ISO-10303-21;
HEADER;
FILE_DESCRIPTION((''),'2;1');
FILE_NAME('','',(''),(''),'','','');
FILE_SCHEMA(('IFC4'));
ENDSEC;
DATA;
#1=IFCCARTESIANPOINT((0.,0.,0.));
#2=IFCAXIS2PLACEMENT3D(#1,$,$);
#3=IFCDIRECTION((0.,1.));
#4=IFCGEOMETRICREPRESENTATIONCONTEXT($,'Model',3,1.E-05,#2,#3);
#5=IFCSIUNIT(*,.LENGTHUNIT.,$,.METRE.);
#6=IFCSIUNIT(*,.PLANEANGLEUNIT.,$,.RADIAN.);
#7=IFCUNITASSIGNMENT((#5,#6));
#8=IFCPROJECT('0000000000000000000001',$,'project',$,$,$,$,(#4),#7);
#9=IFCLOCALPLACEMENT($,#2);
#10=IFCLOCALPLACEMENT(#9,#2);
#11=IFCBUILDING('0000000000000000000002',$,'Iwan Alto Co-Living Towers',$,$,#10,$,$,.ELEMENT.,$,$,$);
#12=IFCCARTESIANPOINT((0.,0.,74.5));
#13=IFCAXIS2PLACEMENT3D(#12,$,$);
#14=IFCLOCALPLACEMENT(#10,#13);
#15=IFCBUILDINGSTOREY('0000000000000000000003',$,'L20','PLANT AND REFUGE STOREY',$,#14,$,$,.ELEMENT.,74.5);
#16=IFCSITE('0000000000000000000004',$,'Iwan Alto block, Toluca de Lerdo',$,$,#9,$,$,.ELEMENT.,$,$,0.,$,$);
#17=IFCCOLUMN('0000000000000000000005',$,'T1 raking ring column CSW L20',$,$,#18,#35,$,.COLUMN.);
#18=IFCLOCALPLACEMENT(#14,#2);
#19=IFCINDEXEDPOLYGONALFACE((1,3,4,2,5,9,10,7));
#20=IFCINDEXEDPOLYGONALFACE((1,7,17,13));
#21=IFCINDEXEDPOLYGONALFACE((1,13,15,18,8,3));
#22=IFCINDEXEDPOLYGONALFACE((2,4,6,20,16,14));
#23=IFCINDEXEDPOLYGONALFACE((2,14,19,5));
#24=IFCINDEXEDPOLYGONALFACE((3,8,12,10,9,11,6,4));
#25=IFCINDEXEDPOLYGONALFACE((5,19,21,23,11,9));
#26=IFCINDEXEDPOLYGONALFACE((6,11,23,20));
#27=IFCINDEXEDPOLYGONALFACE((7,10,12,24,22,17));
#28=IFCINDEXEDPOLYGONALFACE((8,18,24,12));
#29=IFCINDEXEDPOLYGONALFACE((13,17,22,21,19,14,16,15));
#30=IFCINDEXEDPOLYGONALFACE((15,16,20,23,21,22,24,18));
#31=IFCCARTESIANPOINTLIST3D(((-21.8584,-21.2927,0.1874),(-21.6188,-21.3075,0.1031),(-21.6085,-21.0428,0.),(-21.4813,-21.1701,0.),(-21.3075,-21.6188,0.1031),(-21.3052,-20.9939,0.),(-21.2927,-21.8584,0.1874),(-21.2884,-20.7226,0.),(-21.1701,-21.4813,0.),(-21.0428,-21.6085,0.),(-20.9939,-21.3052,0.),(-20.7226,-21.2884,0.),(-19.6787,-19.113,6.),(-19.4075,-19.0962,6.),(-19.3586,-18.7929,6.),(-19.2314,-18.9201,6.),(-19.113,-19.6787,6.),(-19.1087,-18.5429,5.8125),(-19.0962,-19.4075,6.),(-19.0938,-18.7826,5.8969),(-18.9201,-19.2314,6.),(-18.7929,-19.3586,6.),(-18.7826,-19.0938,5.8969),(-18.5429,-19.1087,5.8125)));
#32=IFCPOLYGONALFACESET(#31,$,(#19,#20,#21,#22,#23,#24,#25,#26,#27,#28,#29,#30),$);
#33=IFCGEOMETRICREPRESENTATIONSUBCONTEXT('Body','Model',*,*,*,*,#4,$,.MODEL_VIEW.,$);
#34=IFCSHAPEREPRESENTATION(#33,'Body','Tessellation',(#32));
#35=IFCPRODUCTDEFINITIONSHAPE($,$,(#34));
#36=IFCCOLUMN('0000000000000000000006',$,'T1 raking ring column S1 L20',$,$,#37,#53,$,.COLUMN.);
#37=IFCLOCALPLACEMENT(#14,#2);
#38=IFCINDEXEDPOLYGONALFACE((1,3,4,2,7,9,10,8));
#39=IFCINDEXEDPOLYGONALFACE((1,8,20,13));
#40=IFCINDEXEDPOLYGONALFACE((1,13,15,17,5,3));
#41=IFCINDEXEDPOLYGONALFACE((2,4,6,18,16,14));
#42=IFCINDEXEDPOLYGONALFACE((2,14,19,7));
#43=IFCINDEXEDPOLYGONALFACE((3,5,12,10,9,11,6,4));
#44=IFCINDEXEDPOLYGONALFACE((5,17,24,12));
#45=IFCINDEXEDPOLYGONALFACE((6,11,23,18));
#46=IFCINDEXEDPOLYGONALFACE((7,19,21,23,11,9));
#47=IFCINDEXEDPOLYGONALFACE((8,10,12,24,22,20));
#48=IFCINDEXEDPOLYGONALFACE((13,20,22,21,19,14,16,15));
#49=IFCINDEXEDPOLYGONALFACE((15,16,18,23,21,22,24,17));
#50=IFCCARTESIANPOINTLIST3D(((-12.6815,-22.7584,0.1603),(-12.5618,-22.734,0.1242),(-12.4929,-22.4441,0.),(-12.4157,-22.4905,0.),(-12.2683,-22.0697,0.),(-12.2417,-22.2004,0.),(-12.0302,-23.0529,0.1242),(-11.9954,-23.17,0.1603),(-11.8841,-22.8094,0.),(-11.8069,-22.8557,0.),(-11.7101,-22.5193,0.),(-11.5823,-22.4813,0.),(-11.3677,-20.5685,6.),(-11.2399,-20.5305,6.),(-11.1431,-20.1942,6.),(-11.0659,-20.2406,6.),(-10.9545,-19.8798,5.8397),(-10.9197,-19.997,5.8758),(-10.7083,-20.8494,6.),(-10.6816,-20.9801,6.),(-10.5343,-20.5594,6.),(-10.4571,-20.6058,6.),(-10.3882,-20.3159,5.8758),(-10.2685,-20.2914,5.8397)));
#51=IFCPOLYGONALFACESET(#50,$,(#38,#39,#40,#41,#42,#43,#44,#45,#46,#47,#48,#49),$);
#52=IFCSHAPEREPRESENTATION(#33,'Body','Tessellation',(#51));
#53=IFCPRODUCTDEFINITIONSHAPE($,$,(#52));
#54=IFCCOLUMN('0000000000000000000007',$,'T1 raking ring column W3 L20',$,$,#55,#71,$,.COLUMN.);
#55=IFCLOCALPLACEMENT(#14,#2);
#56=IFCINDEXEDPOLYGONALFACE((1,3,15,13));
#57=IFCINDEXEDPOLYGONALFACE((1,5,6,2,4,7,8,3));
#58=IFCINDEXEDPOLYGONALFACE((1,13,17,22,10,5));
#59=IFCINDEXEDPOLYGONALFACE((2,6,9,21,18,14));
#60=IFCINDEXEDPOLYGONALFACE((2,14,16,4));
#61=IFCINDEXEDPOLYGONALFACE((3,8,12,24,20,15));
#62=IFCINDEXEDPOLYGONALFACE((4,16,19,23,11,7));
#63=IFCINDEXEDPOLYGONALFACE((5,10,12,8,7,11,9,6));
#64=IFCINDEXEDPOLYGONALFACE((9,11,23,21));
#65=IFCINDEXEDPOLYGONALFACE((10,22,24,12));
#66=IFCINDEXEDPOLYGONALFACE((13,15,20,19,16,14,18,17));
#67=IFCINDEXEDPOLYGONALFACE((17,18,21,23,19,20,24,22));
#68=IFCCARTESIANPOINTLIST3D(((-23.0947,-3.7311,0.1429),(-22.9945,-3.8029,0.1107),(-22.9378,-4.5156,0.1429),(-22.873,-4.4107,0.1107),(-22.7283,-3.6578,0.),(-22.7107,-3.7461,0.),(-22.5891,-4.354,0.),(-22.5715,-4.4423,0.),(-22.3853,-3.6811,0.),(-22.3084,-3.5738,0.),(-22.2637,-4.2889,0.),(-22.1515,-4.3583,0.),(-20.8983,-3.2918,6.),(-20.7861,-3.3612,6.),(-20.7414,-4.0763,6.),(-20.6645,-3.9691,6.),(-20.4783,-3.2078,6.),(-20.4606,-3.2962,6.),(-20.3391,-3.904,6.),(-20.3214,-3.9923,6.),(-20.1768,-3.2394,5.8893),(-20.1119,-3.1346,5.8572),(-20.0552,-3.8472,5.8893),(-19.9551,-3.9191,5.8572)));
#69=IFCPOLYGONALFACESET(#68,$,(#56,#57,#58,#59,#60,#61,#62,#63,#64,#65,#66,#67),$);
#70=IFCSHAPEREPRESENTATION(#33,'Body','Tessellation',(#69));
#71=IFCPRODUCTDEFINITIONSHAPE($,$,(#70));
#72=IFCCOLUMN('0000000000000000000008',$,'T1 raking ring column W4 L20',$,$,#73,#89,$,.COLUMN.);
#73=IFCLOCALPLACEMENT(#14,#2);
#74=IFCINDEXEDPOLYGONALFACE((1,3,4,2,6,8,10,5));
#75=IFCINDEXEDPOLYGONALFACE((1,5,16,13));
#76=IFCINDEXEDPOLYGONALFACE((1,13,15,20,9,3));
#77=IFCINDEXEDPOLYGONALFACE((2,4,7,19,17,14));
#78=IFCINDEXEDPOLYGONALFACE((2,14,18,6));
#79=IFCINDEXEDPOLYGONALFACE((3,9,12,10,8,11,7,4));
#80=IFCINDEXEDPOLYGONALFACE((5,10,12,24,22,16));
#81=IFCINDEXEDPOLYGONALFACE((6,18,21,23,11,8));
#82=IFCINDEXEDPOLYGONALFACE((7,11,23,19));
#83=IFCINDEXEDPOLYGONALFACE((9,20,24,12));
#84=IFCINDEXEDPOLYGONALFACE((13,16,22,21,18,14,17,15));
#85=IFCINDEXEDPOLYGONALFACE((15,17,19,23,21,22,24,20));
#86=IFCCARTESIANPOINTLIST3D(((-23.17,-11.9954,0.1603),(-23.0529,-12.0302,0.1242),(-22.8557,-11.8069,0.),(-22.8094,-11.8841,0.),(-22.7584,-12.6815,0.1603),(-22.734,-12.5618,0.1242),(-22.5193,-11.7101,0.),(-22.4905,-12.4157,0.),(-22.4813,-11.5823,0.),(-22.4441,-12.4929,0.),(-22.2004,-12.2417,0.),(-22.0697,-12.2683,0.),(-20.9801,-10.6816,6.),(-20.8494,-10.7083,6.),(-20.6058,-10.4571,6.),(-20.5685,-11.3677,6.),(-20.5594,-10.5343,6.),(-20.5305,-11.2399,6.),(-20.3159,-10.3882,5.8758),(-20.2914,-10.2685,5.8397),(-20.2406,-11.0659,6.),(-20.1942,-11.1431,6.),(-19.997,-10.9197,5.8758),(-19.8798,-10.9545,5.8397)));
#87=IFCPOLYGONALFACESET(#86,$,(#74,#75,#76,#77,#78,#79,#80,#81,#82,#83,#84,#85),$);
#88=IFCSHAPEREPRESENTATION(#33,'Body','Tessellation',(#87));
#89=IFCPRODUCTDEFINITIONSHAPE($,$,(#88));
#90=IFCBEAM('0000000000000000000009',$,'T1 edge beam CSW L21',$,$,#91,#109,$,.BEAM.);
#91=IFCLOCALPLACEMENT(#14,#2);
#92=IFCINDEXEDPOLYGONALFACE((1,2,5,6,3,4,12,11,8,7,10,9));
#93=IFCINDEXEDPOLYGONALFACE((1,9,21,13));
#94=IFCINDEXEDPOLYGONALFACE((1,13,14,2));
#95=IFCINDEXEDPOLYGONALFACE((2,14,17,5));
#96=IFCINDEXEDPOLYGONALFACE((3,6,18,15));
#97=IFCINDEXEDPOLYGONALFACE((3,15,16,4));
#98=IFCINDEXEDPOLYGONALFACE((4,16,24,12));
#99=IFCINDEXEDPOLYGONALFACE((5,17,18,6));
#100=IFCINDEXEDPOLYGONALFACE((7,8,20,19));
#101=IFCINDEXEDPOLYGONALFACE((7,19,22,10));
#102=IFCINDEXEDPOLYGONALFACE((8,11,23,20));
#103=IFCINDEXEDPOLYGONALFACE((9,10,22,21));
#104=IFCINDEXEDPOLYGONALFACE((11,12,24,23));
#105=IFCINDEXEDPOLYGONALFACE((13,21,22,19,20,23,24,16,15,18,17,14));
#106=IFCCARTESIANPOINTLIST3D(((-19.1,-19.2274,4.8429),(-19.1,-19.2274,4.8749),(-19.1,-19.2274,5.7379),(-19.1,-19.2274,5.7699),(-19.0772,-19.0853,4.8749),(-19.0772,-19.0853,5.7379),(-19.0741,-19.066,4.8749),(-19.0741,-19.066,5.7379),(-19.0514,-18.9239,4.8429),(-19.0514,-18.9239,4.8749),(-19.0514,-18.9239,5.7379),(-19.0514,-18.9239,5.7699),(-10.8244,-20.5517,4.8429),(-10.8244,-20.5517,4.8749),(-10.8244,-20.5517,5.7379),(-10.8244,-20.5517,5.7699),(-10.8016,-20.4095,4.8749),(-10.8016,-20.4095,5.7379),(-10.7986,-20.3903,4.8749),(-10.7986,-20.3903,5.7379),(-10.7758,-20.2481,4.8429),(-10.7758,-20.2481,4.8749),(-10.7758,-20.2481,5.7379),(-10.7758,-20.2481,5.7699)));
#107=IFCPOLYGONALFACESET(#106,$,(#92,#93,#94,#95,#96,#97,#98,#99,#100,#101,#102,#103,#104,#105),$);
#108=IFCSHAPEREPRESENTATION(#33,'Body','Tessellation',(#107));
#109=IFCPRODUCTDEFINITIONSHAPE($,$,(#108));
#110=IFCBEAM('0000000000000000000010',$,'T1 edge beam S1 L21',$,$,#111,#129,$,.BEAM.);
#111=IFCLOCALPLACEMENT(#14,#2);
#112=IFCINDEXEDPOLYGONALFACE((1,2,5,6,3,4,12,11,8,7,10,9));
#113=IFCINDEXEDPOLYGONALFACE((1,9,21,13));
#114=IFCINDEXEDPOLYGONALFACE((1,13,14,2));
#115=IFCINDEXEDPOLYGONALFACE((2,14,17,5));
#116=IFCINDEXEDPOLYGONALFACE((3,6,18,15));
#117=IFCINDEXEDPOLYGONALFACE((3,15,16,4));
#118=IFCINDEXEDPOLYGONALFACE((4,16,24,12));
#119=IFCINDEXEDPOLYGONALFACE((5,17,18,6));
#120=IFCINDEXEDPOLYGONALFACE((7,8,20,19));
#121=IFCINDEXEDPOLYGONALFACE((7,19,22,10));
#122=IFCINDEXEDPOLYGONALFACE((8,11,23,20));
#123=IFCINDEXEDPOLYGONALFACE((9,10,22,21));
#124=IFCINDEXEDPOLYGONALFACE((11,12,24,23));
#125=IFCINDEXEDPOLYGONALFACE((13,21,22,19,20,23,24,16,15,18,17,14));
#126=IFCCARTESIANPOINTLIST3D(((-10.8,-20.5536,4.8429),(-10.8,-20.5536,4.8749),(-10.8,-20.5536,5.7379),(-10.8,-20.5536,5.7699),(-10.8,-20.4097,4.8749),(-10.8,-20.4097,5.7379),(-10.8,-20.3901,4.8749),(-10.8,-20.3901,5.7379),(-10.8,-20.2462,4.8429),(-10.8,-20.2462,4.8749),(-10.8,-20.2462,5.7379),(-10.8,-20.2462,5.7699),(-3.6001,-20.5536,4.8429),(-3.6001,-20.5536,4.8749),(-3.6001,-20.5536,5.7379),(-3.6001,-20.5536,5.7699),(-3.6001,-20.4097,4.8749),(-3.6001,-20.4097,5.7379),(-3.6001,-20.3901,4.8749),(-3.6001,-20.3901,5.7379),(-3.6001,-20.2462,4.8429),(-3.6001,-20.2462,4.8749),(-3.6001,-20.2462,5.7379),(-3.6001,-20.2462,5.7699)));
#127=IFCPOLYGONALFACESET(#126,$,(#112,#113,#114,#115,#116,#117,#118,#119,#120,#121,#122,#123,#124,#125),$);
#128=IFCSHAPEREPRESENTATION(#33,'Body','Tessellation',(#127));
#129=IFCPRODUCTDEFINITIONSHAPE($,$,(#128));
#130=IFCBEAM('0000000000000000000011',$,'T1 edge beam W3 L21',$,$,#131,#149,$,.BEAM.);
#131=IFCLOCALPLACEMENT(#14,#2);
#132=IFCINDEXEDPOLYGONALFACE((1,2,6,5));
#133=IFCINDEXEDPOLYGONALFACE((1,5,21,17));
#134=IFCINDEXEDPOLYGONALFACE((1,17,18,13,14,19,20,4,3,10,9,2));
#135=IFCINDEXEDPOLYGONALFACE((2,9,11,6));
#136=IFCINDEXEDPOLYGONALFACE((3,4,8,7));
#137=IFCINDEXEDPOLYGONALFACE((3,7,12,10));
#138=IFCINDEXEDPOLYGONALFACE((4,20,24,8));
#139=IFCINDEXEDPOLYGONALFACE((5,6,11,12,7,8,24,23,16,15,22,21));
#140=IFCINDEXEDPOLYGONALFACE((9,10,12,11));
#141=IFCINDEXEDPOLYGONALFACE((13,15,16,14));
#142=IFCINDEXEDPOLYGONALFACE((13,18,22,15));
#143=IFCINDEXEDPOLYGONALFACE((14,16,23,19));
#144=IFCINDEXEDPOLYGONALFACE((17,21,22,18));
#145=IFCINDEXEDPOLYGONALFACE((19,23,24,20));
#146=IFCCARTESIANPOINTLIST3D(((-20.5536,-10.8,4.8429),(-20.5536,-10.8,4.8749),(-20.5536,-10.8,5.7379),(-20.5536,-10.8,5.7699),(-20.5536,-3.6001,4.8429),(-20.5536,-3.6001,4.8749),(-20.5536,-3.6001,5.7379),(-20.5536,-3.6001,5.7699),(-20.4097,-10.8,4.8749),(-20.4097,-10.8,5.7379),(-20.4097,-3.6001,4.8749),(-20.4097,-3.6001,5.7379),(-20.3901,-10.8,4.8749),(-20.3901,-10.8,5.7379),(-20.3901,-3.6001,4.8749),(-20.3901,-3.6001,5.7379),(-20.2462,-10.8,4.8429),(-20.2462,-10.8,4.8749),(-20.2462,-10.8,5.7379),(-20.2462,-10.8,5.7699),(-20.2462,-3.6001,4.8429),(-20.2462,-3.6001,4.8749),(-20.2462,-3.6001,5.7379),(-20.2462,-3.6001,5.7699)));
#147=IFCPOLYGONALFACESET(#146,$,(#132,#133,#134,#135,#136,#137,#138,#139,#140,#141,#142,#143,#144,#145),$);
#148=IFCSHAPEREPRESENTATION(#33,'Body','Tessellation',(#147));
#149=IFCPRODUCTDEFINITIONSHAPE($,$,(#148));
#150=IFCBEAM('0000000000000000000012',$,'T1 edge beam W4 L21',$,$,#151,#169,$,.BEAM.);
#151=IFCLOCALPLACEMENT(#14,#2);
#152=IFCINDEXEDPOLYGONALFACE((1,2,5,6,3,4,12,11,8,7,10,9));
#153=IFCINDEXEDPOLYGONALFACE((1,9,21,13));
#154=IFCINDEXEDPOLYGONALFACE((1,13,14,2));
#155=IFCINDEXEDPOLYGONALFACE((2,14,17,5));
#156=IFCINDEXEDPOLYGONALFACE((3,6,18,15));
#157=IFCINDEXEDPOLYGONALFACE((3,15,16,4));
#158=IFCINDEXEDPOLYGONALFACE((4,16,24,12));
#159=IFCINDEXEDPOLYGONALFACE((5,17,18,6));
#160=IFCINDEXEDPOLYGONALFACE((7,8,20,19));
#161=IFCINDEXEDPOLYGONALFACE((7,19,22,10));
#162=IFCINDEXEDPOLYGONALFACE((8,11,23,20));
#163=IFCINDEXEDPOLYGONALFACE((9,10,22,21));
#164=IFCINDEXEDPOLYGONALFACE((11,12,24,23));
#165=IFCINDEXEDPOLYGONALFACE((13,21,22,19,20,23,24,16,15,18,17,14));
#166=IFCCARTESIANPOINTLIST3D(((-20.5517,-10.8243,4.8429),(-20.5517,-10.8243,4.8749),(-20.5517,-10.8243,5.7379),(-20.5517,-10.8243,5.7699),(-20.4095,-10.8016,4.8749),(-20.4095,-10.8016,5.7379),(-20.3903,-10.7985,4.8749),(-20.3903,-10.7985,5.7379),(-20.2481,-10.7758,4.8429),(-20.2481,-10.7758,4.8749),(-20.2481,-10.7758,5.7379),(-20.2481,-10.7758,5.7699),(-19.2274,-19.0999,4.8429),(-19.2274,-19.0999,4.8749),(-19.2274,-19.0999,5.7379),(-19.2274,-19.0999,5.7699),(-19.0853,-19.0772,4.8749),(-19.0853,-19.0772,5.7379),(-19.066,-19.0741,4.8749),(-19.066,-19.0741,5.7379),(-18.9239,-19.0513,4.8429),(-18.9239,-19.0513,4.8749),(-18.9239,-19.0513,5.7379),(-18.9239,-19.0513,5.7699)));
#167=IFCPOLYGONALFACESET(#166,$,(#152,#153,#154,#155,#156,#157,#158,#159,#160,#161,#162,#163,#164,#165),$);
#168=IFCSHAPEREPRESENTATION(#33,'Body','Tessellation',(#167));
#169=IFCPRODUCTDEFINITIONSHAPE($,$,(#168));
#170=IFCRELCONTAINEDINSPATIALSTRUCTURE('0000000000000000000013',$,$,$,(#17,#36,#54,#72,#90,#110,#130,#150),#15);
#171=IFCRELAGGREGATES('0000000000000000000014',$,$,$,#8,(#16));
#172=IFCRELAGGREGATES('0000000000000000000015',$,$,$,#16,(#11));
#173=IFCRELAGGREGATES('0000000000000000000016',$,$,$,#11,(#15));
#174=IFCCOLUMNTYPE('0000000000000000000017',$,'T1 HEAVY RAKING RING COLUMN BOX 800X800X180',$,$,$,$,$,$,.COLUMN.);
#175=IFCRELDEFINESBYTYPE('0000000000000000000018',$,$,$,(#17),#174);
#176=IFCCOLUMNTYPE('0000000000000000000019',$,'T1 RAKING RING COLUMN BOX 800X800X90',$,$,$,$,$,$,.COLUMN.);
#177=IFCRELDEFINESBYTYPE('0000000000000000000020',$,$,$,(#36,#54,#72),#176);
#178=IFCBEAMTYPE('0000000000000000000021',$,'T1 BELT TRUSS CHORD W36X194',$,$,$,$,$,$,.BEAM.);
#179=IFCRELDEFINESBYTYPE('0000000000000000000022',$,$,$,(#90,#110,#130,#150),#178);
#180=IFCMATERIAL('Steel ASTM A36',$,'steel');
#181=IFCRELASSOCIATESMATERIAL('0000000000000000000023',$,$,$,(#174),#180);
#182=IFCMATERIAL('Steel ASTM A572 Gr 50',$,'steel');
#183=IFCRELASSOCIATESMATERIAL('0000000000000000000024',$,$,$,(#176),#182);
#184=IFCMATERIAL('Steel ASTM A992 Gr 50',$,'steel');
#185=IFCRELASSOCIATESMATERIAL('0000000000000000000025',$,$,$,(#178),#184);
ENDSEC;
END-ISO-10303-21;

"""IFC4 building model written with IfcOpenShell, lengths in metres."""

from ifc_helpers import new_model, si_unit, direction, frame, origin, origin_2d, place, context, subcontext, project, spatial, hollow_rectangle, i_section, extrude, clip, halfspace, material, material_profile, profile_set, type_object, element, save


model = new_model("IFC4")

# Units and contexts
model_context = context("Model", 3, precision=1e-05, world=origin(), true_north=direction((0.0, 1.0)))
body_context = subcontext(model_context, "Body", "Model", "MODEL_VIEW")
ifc_project = project(units=[si_unit("LENGTHUNIT", "METRE"), si_unit("PLANEANGLEUNIT", "RADIAN")], contexts=[model_context])

# Site, building, storey
site_placement = place(None, origin())
site = spatial("IfcSite", under=ifc_project, at=site_placement, Name="Iwan Alto block, Toluca de Lerdo", CompositionType="ELEMENT", RefElevation=0.0)
building_placement = place(site_placement, origin())
building = spatial("IfcBuilding", under=site, at=building_placement, Name="Iwan Alto Co-Living Towers", CompositionType="ELEMENT")
storey_placement = place(building_placement, frame((0.0, 0.0, 74.5)))
storey = spatial("IfcBuildingStorey", under=building, at=storey_placement, Name="L20", Description="PLANT AND REFUGE STOREY", CompositionType="ELEMENT", Elevation=74.5)

# Columns
ifc_material_1 = material(Name="Steel ASTM A36", Category="steel")
ifc_material_profile_1 = material_profile(ifc_material_1, hollow_rectangle(XDim=0.8, YDim=0.8, WallThickness=0.1799, at=origin_2d()), Name="BOX 800X800X180")
ifc_profile_set_1 = profile_set([ifc_material_profile_1], Name="Steel ASTM A36")
column_type_1 = type_object("IfcColumnType", Name="T1 HEAVY RAKING RING COLUMN BOX 800X800X180", PredefinedType="COLUMN", material=ifc_profile_set_1)
column_1_placement = place(storey_placement, frame((-21.3257, -21.3257, 0.0), z_axis=(0.331295, 0.331295, 0.883452), x_axis=(-0.707107, 0.707107, 0.0)))
element("IfcColumn", 1, at=column_1_placement, inside=storey, type_object=column_type_1, Name="T1 raking ring column CSW L20", PredefinedType="COLUMN", context=body_context, shape_type="Clipping", body=[
    clip(clip(extrude(hollow_rectangle(XDim=0.8, YDim=0.8, WallThickness=0.1799, at=origin_2d()), origin(), (0.0, 0.0, 1.0), 6.7915), halfspace(frame((0.0, 0.0, 0.0), z_axis=(0.0, -0.468521, -0.883452), x_axis=(-0.707107, -0.624695, 0.331295)), False)), halfspace(frame((0.0, 2.811, 5.3008), z_axis=(0.0, 0.468521, 0.883452), x_axis=(-0.707107, -0.624695, 0.331295)), False)),
])
ifc_material_2 = material(Name="Steel ASTM A572 Gr 50", Category="steel")
ifc_material_profile_2 = material_profile(ifc_material_2, hollow_rectangle(XDim=0.8, YDim=0.8, WallThickness=0.0901, at=origin_2d()), Name="BOX 800X800X90")
ifc_profile_set_2 = profile_set([ifc_material_profile_2], Name="Steel ASTM A572 Gr 50")
column_type_2 = type_object("IfcColumnType", Name="T1 RAKING RING COLUMN BOX 800X800X90", PredefinedType="COLUMN", material=ifc_profile_set_2)
column_2_placement = place(storey_placement, frame((-12.1499, -22.6499, 0.0), z_axis=(0.206128, 0.343583, 0.916222), x_axis=(-0.857518, 0.514455, 0.0)))
element("IfcColumn", 2, at=column_2_placement, inside=storey, type_object=column_type_2, Name="T1 raking ring column S1 L20", PredefinedType="COLUMN", context=body_context, shape_type="Clipping", body=[
    clip(clip(extrude(hollow_rectangle(XDim=0.8, YDim=0.8, WallThickness=0.0901, at=origin_2d()), origin(), (0.0, 0.0, 1.0), 6.5486), halfspace(frame((0.0, 0.0, 0.0), z_axis=(0.0, -0.400672, -0.916222), x_axis=(-0.857518, -0.471355, 0.206128)), False)), halfspace(frame((0.0, 2.4041, 5.4973), z_axis=(0.0, 0.400672, 0.916222), x_axis=(-0.857518, -0.471355, 0.206128)), False)),
])
column_3_placement = place(storey_placement, frame((-22.6499, -4.05, 0.0), z_axis=(0.350261, 0.070045, 0.934029), x_axis=(-0.196096, 0.980585, 0.0)))
element("IfcColumn", 3, at=column_3_placement, inside=storey, type_object=column_type_2, Name="T1 raking ring column W3 L20", PredefinedType="COLUMN", context=body_context, shape_type="Clipping", body=[
    clip(clip(extrude(hollow_rectangle(XDim=0.8, YDim=0.8, WallThickness=0.0901, at=origin_2d()), origin(), (0.0, 0.0, 1.0), 6.4238), halfspace(frame((0.0, 0.0, 0.0), z_axis=(0.0, -0.357196, -0.934029), x_axis=(-0.196096, -0.915895, 0.350261)), False)), halfspace(frame((0.0, 2.1431, 5.6042), z_axis=(0.0, 0.357196, 0.934029), x_axis=(-0.196096, -0.915895, 0.350261)), False)),
])
column_4_placement = place(storey_placement, frame((-22.6499, -12.1499, 0.0), z_axis=(0.343583, 0.206128, 0.916222), x_axis=(-0.514455, 0.857518, 0.0)))
element("IfcColumn", 4, at=column_4_placement, inside=storey, type_object=column_type_2, Name="T1 raking ring column W4 L20", PredefinedType="COLUMN", context=body_context, shape_type="Clipping", body=[
    clip(clip(extrude(hollow_rectangle(XDim=0.8, YDim=0.8, WallThickness=0.0901, at=origin_2d()), origin(), (0.0, 0.0, 1.0), 6.5486), halfspace(frame((0.0, 0.0, 0.0), z_axis=(0.0, -0.400672, -0.916222), x_axis=(-0.514455, -0.785676, 0.343583)), False)), halfspace(frame((0.0, 2.4041, 5.4973), z_axis=(0.0, 0.400672, 0.916222), x_axis=(-0.514455, -0.785676, 0.343583)), False)),
])

# Beams
ifc_material_3 = material(Name="Steel ASTM A992 Gr 50", Category="steel")
ifc_material_profile_3 = material_profile(ifc_material_3, i_section(OverallWidth=0.3074, OverallDepth=0.927, WebThickness=0.0195, FlangeThickness=0.032, at=origin_2d()), Name="W36X194")
ifc_profile_set_3 = profile_set([ifc_material_profile_3], Name="Steel ASTM A992 Gr 50")
beam_type_1 = type_object("IfcBeamType", Name="T1 BELT TRUSS CHORD W36X194", PredefinedType="BEAM", material=ifc_profile_set_3)
beam_1_placement = place(storey_placement, frame((-19.0757, -19.0757, 5.3064), z_axis=(0.987438, -0.158004, 0.0), x_axis=(0.158004, 0.987438, 0.0)))
element("IfcBeam", 5, at=beam_1_placement, inside=storey, type_object=beam_type_1, Name="T1 edge beam CSW L21", PredefinedType="BEAM", context=body_context, shape_type="SweptSolid", body=[
    extrude(i_section(OverallWidth=0.3074, OverallDepth=0.927, WebThickness=0.0195, FlangeThickness=0.032, at=origin_2d()), origin(), (0.0, 0.0, 1.0), 8.3809),
])
for number, where, z_axis, x_axis, name in (
    (6, (-10.8, -20.3999, 5.3064), (1.0, 0.0, 0.0), (0.0, 1.0, 0.0), "T1 edge beam S1 L21"),
    (7, (-20.3999, -3.6001, 5.3064), (0.0, -1.0, 0.0), (1.0, 0.0, 0.0), "T1 edge beam W3 L21"),
):
    element("IfcBeam", number, at=place(storey_placement, frame(where, z_axis=z_axis, x_axis=x_axis)), inside=storey, type_object=beam_type_1, Name=name, PredefinedType="BEAM", context=body_context, shape_type="SweptSolid", body=[
        extrude(i_section(OverallWidth=0.3074, OverallDepth=0.927, WebThickness=0.0195, FlangeThickness=0.032, at=origin_2d()), origin(), (0.0, 0.0, 1.0), 7.2),
    ])
beam_2_placement = place(storey_placement, frame((-20.3999, -10.8, 5.3064), z_axis=(0.158004, -0.987438, 0.0), x_axis=(0.987438, 0.158004, 0.0)))
element("IfcBeam", 8, at=beam_2_placement, inside=storey, type_object=beam_type_1, Name="T1 edge beam W4 L21", PredefinedType="BEAM", context=body_context, shape_type="SweptSolid", body=[
    extrude(i_section(OverallWidth=0.3074, OverallDepth=0.927, WebThickness=0.0195, FlangeThickness=0.032, at=origin_2d()), origin(), (0.0, 0.0, 1.0), 8.3809),
])

save(model, "model.ifc")
